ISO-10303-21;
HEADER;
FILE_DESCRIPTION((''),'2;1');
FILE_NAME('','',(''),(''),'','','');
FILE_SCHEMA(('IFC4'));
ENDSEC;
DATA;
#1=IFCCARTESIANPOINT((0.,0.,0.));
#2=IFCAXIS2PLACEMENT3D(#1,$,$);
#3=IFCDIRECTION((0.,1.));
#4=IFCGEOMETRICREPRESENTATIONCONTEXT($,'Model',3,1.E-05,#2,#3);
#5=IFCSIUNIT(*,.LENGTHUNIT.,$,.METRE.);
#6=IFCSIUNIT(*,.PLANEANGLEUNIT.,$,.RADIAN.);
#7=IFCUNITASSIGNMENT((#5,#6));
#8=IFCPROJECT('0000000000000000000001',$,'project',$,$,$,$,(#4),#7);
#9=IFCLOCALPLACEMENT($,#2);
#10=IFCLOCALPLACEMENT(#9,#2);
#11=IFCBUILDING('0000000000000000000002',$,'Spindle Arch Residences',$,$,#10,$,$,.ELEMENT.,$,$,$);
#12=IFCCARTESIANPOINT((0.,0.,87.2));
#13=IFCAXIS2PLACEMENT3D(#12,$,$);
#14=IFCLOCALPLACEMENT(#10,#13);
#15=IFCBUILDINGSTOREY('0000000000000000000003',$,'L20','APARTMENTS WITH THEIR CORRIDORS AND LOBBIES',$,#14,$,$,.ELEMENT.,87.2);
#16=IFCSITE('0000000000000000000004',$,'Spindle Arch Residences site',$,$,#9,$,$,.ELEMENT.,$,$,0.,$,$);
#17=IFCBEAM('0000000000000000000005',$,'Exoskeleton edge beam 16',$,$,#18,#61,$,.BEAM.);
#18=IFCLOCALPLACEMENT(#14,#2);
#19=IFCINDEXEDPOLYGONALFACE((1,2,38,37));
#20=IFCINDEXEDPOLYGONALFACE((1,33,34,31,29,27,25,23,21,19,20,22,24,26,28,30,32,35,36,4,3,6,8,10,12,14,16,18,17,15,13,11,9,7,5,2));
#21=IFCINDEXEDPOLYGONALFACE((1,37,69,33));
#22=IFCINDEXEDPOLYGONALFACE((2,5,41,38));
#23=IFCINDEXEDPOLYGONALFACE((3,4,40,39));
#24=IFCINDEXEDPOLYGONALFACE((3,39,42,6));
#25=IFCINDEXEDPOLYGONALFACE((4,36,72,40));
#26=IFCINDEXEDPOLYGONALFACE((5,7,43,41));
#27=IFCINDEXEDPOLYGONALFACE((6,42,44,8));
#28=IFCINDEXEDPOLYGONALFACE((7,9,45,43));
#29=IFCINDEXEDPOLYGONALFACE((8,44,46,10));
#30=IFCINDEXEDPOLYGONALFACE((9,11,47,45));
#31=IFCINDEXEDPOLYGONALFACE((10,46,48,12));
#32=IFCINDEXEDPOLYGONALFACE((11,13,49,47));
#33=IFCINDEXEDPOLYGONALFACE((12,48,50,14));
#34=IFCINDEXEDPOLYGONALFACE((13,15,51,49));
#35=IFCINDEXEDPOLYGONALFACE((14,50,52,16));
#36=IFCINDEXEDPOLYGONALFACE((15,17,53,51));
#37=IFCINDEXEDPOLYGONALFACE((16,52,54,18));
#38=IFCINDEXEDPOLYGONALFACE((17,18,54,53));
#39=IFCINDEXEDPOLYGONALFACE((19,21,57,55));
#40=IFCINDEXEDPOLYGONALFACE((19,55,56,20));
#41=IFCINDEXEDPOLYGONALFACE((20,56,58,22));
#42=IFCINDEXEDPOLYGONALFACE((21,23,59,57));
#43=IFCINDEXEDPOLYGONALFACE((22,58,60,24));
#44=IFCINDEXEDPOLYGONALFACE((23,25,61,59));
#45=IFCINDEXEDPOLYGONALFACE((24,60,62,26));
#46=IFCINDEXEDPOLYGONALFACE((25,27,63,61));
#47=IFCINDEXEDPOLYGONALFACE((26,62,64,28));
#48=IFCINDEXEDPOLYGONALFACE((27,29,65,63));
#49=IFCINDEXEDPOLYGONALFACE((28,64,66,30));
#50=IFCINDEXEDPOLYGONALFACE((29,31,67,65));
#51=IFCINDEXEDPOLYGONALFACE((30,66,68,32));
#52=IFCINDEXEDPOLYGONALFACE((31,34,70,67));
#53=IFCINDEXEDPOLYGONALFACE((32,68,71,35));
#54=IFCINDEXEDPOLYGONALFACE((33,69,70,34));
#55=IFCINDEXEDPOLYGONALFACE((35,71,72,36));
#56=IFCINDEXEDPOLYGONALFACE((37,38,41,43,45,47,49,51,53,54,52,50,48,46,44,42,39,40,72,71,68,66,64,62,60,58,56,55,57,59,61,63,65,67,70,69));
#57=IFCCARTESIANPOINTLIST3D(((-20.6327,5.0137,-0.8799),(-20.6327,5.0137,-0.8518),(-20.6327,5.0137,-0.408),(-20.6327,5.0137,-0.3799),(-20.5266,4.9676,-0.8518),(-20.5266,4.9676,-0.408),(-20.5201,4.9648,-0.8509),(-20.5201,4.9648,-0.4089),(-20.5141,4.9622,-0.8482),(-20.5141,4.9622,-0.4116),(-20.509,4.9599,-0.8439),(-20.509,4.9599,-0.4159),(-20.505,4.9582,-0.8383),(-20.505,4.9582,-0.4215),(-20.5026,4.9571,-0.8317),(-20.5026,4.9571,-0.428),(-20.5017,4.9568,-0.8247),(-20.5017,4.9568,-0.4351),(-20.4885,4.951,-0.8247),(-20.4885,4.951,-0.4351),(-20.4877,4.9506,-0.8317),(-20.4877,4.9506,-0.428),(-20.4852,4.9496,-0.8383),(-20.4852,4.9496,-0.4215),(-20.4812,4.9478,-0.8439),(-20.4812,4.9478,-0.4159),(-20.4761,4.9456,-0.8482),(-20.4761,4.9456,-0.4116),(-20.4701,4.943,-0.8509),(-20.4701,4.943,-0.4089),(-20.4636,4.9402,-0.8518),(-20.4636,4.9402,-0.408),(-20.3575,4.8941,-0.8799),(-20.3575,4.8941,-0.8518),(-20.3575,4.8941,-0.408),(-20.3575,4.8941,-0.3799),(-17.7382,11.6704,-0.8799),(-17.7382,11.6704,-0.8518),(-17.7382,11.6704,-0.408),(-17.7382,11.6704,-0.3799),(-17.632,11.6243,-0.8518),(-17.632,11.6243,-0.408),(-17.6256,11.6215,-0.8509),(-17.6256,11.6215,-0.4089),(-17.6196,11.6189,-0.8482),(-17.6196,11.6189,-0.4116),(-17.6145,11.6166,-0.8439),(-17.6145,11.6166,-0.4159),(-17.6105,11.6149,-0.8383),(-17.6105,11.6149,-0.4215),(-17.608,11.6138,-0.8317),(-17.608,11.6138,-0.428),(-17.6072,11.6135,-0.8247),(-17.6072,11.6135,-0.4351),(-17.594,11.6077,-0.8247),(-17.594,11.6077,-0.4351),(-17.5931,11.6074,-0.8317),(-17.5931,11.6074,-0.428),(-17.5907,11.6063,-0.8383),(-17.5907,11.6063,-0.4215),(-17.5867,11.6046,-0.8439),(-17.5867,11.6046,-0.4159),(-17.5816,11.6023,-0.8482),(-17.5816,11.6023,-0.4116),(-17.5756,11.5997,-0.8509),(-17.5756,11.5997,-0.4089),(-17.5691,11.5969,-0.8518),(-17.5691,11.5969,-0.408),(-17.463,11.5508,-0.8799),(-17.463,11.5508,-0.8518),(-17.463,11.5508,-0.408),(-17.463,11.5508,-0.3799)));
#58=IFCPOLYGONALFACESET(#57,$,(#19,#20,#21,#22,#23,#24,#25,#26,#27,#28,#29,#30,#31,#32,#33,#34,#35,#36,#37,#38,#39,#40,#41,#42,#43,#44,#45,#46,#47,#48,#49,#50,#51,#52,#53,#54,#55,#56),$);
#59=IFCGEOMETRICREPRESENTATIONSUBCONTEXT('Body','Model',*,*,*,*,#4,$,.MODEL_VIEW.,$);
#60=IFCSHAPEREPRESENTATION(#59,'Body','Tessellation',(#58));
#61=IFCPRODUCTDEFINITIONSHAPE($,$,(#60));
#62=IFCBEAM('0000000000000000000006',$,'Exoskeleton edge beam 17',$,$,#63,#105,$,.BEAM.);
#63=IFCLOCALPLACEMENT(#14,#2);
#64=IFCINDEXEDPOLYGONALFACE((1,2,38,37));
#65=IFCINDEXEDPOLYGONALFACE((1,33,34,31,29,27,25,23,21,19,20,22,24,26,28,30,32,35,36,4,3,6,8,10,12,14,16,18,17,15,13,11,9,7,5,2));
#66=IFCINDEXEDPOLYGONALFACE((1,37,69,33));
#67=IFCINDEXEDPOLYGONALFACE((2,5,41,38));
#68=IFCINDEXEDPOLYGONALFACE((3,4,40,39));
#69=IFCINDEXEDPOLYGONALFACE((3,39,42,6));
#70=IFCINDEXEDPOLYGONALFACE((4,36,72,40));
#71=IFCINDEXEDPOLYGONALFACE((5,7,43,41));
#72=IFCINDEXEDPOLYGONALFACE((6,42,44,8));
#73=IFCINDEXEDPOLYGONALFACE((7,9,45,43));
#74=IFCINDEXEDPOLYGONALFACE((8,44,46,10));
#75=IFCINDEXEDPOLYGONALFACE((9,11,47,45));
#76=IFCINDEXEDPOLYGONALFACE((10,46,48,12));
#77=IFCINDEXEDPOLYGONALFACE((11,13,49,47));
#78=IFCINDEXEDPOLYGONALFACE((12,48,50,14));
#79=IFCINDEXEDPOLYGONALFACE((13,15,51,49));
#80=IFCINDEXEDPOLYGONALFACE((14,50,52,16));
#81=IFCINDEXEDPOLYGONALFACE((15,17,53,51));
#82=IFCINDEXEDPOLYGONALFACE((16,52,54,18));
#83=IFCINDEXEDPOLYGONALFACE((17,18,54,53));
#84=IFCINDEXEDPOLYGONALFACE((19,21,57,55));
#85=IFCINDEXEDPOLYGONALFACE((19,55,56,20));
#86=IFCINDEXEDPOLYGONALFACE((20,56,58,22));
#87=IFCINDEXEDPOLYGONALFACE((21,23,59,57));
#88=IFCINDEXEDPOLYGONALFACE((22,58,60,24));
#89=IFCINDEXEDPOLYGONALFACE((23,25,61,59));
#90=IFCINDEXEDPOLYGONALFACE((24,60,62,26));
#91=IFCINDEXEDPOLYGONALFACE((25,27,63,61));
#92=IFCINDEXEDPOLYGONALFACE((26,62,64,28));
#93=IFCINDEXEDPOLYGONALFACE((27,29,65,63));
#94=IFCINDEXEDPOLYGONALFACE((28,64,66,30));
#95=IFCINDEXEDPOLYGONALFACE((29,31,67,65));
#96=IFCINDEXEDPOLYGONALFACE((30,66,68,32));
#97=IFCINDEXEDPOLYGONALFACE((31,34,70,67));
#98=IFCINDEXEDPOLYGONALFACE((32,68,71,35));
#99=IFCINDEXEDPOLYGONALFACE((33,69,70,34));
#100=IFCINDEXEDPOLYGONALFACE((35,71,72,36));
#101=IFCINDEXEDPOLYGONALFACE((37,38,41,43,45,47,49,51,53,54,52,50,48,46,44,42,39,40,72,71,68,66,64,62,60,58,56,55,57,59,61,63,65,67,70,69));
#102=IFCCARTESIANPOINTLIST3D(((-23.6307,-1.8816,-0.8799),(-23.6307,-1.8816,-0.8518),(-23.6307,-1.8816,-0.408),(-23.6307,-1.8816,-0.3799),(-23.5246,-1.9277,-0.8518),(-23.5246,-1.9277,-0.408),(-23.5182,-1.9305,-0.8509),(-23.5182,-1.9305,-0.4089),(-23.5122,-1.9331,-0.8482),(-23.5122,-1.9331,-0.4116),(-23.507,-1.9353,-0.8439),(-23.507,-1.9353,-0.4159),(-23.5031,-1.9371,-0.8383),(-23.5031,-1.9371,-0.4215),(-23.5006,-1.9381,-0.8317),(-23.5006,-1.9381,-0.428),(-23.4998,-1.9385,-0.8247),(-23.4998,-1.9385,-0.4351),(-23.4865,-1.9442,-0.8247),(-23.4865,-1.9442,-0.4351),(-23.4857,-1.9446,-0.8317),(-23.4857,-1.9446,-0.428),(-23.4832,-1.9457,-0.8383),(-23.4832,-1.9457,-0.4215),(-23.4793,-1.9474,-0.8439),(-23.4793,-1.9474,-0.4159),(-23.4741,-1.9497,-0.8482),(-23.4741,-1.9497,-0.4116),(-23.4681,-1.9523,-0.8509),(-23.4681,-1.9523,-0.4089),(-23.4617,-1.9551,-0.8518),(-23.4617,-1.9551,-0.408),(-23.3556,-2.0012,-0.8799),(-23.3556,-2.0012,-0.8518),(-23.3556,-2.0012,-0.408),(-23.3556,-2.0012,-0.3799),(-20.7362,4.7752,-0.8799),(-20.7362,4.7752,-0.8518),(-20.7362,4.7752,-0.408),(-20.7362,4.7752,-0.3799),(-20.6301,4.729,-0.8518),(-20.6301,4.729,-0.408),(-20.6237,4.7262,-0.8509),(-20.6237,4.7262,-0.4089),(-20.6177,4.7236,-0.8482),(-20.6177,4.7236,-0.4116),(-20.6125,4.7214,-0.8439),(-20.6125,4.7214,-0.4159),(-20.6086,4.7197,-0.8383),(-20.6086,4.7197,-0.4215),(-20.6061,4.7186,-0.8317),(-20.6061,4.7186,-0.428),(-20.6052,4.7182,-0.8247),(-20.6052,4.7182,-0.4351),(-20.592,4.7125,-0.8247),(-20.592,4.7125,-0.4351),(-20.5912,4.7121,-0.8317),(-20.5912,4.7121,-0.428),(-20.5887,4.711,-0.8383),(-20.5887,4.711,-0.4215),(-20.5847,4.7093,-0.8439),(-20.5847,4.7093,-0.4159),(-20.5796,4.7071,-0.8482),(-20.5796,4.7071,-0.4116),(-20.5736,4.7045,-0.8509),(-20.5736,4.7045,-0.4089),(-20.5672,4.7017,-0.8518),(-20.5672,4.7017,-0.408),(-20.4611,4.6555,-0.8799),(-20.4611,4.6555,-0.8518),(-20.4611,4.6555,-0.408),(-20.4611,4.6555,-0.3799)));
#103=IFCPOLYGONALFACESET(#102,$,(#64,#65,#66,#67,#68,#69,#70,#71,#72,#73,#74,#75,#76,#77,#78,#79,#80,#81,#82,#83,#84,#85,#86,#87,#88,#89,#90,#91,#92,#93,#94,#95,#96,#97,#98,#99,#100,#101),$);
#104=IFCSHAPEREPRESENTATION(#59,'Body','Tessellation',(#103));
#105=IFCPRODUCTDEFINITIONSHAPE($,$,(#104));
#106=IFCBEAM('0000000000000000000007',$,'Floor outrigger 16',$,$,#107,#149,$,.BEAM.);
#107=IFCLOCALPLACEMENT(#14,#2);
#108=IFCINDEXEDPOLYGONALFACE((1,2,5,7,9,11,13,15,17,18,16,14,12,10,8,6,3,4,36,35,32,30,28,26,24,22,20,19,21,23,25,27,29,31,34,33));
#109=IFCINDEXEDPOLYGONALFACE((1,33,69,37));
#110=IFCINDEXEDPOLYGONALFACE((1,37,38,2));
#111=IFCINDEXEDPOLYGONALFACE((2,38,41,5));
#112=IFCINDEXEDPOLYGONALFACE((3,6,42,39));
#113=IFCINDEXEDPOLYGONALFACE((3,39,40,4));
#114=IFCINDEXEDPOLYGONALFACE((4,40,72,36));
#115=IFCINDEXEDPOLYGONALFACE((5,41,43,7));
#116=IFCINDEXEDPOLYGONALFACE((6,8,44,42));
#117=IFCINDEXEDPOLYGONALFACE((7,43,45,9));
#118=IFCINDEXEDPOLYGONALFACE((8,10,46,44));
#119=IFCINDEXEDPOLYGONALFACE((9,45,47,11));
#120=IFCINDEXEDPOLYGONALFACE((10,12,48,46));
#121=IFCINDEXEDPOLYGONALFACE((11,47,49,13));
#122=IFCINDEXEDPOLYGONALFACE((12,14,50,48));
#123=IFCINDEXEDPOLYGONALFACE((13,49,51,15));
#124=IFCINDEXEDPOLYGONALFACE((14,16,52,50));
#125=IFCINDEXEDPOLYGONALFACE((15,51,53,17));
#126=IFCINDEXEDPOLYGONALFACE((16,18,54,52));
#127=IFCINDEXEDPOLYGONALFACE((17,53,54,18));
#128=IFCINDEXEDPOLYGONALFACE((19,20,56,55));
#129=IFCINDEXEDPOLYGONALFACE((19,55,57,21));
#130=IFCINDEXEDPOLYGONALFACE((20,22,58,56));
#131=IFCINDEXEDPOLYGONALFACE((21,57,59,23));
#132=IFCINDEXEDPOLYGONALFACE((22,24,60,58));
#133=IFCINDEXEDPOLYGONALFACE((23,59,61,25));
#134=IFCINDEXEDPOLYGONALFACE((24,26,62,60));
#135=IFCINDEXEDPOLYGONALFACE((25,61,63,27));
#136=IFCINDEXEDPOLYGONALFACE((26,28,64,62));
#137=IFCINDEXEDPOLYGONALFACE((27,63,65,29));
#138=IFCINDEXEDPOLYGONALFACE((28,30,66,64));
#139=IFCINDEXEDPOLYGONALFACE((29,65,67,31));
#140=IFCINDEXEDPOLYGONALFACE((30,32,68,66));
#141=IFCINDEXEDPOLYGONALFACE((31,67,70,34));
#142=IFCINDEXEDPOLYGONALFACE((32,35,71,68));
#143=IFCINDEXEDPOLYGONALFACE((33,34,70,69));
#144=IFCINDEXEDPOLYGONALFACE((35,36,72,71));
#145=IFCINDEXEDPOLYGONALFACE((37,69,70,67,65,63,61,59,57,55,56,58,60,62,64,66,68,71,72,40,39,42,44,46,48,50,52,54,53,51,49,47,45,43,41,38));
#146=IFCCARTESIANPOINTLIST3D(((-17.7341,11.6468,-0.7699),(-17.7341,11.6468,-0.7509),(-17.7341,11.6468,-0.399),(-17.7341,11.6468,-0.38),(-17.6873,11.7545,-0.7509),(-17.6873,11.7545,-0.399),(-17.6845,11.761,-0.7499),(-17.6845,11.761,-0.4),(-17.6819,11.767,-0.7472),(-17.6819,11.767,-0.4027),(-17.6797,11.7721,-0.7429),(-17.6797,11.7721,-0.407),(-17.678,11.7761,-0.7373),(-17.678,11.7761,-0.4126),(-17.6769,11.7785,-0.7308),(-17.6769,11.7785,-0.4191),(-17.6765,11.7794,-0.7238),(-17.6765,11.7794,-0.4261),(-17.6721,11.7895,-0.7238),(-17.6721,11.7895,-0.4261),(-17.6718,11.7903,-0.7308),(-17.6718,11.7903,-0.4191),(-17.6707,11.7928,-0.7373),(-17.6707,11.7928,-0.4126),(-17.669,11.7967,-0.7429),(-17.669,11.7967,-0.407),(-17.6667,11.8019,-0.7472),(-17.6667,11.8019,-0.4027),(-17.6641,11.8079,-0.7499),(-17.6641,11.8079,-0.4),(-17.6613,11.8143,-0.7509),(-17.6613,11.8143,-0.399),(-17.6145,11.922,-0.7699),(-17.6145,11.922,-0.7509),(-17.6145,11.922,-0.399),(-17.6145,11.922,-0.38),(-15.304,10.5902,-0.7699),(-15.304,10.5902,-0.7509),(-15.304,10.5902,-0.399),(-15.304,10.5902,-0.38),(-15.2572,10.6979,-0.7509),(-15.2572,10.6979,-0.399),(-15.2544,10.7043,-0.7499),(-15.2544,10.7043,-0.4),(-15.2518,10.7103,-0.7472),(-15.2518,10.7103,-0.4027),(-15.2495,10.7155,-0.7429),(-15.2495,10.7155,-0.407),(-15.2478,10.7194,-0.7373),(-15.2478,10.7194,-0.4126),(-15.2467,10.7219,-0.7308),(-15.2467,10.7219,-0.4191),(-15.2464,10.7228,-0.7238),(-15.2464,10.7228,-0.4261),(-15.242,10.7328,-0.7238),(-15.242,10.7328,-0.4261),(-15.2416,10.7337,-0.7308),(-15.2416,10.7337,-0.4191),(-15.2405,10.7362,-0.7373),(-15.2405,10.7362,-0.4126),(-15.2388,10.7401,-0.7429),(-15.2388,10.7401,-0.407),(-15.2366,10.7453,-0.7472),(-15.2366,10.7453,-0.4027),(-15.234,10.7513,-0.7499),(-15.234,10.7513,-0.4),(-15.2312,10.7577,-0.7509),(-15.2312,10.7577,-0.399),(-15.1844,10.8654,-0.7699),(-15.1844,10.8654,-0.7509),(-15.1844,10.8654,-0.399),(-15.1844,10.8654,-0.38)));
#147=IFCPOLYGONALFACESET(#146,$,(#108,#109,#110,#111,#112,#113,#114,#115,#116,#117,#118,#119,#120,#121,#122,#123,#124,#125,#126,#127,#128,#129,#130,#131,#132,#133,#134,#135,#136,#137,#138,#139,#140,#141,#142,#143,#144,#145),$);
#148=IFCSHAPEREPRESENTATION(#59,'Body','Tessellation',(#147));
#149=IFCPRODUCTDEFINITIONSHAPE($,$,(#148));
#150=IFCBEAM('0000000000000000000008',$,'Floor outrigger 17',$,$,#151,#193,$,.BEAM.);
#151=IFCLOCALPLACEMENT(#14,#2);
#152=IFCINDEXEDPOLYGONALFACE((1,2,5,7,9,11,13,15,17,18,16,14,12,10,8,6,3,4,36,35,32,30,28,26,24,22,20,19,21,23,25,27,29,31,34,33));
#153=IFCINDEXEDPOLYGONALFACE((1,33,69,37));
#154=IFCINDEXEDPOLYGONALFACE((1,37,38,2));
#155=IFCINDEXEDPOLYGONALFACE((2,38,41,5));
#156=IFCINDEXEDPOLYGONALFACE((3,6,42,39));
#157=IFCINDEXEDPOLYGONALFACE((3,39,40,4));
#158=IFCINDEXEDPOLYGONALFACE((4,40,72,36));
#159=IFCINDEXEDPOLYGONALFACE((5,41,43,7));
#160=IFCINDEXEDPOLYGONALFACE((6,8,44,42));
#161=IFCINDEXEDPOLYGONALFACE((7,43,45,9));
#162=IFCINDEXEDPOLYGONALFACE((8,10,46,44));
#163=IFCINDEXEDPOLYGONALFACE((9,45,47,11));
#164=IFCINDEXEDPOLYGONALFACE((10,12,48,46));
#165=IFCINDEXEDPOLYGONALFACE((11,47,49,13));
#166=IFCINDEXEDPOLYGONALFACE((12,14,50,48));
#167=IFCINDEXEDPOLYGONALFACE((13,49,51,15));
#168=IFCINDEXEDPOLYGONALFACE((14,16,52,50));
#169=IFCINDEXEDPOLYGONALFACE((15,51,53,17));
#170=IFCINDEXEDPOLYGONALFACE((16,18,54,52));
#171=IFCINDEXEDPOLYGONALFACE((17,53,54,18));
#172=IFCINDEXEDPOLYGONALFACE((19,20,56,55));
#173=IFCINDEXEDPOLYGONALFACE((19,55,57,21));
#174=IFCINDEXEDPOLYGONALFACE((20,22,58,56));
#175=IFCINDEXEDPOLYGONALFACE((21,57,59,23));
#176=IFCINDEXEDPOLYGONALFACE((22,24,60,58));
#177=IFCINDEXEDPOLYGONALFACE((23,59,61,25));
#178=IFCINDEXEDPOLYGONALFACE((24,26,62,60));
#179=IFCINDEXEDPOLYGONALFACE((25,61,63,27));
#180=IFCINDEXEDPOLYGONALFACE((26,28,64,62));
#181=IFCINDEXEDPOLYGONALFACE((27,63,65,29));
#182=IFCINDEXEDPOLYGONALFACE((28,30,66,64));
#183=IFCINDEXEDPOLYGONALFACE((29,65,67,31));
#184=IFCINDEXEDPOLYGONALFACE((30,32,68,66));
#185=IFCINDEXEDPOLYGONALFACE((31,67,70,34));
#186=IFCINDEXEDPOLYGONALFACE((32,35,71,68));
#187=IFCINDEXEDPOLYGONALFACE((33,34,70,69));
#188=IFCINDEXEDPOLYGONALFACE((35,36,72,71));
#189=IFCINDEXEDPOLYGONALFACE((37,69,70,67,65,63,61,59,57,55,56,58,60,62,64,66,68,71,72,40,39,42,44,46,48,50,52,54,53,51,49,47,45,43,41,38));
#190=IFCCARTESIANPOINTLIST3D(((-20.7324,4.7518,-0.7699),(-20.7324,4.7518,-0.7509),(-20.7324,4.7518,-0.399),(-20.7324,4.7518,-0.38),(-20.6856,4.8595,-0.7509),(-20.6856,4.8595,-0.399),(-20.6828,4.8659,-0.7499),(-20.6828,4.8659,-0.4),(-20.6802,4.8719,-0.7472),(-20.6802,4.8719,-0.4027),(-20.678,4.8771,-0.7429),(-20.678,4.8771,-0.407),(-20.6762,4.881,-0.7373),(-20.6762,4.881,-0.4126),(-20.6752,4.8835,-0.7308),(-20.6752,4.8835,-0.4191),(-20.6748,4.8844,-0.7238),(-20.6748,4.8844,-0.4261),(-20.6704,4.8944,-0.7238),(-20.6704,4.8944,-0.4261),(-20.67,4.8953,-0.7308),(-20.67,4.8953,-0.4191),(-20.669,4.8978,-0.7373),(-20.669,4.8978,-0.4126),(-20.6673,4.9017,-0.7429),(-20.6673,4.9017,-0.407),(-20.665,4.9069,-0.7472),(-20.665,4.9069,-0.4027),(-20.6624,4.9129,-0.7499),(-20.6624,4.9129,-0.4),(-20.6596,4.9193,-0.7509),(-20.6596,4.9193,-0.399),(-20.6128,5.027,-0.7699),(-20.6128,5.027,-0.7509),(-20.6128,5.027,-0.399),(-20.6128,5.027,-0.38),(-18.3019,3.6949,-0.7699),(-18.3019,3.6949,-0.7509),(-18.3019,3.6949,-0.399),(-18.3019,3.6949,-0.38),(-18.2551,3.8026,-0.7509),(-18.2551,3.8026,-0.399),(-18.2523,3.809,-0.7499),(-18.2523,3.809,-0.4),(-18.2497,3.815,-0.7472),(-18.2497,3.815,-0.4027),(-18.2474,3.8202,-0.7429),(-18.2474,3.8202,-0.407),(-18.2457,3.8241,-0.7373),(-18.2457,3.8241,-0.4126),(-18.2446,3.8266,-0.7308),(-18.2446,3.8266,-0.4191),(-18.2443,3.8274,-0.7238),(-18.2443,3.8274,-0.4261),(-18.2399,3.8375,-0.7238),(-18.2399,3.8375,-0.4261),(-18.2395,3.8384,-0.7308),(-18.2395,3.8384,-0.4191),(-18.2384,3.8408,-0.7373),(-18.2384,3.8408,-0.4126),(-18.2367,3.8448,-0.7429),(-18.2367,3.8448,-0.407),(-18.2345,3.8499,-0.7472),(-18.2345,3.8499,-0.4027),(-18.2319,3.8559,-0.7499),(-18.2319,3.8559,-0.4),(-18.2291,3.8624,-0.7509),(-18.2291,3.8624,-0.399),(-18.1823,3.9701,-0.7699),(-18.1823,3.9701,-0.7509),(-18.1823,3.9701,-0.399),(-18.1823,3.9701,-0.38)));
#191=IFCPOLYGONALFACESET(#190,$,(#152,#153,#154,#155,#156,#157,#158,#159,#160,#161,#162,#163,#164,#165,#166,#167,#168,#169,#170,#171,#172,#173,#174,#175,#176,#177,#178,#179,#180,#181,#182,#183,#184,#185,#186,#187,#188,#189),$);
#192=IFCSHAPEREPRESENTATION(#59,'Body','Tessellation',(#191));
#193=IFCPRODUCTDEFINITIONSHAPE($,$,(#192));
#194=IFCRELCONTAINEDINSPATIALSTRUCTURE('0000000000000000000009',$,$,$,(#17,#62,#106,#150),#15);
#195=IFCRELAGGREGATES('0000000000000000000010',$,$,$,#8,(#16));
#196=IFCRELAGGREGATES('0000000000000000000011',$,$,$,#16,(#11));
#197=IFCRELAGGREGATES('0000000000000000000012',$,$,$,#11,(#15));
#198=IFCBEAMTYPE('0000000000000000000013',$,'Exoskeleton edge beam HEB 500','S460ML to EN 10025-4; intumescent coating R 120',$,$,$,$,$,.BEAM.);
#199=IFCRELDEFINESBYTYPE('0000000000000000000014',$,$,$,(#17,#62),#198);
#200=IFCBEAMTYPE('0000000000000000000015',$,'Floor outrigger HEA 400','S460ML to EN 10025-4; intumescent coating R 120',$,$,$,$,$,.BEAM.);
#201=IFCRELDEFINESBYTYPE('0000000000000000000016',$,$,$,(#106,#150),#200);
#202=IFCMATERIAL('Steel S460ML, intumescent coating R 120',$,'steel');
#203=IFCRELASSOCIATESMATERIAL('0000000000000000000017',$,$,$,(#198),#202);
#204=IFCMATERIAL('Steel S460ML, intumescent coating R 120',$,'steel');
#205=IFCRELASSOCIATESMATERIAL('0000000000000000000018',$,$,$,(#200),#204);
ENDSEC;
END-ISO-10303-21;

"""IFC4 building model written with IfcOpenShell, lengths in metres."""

from ifc_helpers import new_model, si_unit, direction, frame, origin, origin_2d, place, context, subcontext, project, spatial, i_section, extrude, material, material_profile, profile_set, type_object, element, save


model = new_model("IFC4")

# Units and contexts
model_context = context("Model", 3, precision=1e-05, world=origin(), true_north=direction((0.0, 1.0)))
body_context = subcontext(model_context, "Body", "Model", "MODEL_VIEW")
ifc_project = project(units=[si_unit("LENGTHUNIT", "METRE"), si_unit("PLANEANGLEUNIT", "RADIAN")], contexts=[model_context])

# Site, building, storey
site_placement = place(None, origin())
site = spatial("IfcSite", under=ifc_project, at=site_placement, Name="Spindle Arch Residences site", CompositionType="ELEMENT", RefElevation=0.0)
building_placement = place(site_placement, origin())
building = spatial("IfcBuilding", under=site, at=building_placement, Name="Spindle Arch Residences", CompositionType="ELEMENT")
storey_placement = place(building_placement, frame((0.0, 0.0, 87.2)))
storey = spatial("IfcBuildingStorey", under=building, at=storey_placement, Name="L20", Description="APARTMENTS WITH THEIR CORRIDORS AND LOBBIES", CompositionType="ELEMENT", Elevation=87.2)

# Beams
ifc_material_1 = material(Name="Steel S460ML, intumescent coating R 120", Category="steel")
ifc_material_profile_1 = material_profile(ifc_material_1, i_section(OverallWidth=0.3, OverallDepth=0.5, WebThickness=0.0144, FlangeThickness=0.0281, FilletRadius=0.0271, at=origin_2d()), Name="HEB 500")
ifc_profile_set_1 = profile_set([ifc_material_profile_1], Name="Steel S460ML, intumescent coating R 120")
beam_type_1 = type_object("IfcBeamType", Name="Exoskeleton edge beam HEB 500", Description="S460ML to EN 10025-4; intumescent coating R 120", PredefinedType="BEAM", material=ifc_profile_set_1)
for number, where, z_axis, x_axis, name in (
    (1, (-17.6006, 11.6106, -0.6299), (-0.398761, -0.917055, 0.0), (0.917055, -0.398761, 0.0), "Exoskeleton edge beam 16"),
    (2, (-20.5986, 4.7153, -0.6299), (-0.398761, -0.917055, 0.0), (0.917055, -0.398761, 0.0), "Exoskeleton edge beam 17"),
):
    element("IfcBeam", number, at=place(storey_placement, frame(where, z_axis=z_axis, x_axis=x_axis)), inside=storey, type_object=beam_type_1, Name=name, PredefinedType="BEAM", context=body_context, shape_type="SweptSolid", body=[
        extrude(i_section(OverallWidth=0.3, OverallDepth=0.5, WebThickness=0.0144, FlangeThickness=0.0281, FilletRadius=0.0271, at=origin_2d()), origin(), (0.0, 0.0, 1.0), 7.2588),
    ])
ifc_material_2 = material(Name="Steel S460ML, intumescent coating R 120", Category="steel")
ifc_material_profile_2 = material_profile(ifc_material_2, i_section(OverallWidth=0.3, OverallDepth=0.3899, WebThickness=0.011, FlangeThickness=0.019, FilletRadius=0.0271, at=origin_2d()), Name="HEA 400")
ifc_profile_set_2 = profile_set([ifc_material_profile_2], Name="Steel S460ML, intumescent coating R 120")
beam_type_2 = type_object("IfcBeamType", Name="Floor outrigger HEA 400", Description="S460ML to EN 10025-4; intumescent coating R 120", PredefinedType="BEAM", material=ifc_profile_set_2)
beam_1_placement = place(storey_placement, frame((-17.6743, 11.7844, -0.575), z_axis=(0.917064, -0.39874, 0.0), x_axis=(0.39874, 0.917064, 0.0)))
element("IfcBeam", 3, at=beam_1_placement, inside=storey, type_object=beam_type_2, Name="Floor outrigger 16", PredefinedType="BEAM", context=body_context, shape_type="SweptSolid", body=[
    extrude(i_section(OverallWidth=0.3, OverallDepth=0.3899, WebThickness=0.011, FlangeThickness=0.019, FilletRadius=0.0271, at=origin_2d()), origin(), (0.0, 0.0, 1.0), 2.6499),
])
beam_2_placement = place(storey_placement, frame((-20.6726, 4.8894, -0.575), z_axis=(0.917045, -0.398783, 0.0), x_axis=(0.398783, 0.917045, 0.0)))
element("IfcBeam", 4, at=beam_2_placement, inside=storey, type_object=beam_type_2, Name="Floor outrigger 17", PredefinedType="BEAM", context=body_context, shape_type="SweptSolid", body=[
    extrude(i_section(OverallWidth=0.3, OverallDepth=0.3899, WebThickness=0.011, FlangeThickness=0.019, FilletRadius=0.0271, at=origin_2d()), origin(), (0.0, 0.0, 1.0), 2.6504),
])

save(model, "model.ifc")
